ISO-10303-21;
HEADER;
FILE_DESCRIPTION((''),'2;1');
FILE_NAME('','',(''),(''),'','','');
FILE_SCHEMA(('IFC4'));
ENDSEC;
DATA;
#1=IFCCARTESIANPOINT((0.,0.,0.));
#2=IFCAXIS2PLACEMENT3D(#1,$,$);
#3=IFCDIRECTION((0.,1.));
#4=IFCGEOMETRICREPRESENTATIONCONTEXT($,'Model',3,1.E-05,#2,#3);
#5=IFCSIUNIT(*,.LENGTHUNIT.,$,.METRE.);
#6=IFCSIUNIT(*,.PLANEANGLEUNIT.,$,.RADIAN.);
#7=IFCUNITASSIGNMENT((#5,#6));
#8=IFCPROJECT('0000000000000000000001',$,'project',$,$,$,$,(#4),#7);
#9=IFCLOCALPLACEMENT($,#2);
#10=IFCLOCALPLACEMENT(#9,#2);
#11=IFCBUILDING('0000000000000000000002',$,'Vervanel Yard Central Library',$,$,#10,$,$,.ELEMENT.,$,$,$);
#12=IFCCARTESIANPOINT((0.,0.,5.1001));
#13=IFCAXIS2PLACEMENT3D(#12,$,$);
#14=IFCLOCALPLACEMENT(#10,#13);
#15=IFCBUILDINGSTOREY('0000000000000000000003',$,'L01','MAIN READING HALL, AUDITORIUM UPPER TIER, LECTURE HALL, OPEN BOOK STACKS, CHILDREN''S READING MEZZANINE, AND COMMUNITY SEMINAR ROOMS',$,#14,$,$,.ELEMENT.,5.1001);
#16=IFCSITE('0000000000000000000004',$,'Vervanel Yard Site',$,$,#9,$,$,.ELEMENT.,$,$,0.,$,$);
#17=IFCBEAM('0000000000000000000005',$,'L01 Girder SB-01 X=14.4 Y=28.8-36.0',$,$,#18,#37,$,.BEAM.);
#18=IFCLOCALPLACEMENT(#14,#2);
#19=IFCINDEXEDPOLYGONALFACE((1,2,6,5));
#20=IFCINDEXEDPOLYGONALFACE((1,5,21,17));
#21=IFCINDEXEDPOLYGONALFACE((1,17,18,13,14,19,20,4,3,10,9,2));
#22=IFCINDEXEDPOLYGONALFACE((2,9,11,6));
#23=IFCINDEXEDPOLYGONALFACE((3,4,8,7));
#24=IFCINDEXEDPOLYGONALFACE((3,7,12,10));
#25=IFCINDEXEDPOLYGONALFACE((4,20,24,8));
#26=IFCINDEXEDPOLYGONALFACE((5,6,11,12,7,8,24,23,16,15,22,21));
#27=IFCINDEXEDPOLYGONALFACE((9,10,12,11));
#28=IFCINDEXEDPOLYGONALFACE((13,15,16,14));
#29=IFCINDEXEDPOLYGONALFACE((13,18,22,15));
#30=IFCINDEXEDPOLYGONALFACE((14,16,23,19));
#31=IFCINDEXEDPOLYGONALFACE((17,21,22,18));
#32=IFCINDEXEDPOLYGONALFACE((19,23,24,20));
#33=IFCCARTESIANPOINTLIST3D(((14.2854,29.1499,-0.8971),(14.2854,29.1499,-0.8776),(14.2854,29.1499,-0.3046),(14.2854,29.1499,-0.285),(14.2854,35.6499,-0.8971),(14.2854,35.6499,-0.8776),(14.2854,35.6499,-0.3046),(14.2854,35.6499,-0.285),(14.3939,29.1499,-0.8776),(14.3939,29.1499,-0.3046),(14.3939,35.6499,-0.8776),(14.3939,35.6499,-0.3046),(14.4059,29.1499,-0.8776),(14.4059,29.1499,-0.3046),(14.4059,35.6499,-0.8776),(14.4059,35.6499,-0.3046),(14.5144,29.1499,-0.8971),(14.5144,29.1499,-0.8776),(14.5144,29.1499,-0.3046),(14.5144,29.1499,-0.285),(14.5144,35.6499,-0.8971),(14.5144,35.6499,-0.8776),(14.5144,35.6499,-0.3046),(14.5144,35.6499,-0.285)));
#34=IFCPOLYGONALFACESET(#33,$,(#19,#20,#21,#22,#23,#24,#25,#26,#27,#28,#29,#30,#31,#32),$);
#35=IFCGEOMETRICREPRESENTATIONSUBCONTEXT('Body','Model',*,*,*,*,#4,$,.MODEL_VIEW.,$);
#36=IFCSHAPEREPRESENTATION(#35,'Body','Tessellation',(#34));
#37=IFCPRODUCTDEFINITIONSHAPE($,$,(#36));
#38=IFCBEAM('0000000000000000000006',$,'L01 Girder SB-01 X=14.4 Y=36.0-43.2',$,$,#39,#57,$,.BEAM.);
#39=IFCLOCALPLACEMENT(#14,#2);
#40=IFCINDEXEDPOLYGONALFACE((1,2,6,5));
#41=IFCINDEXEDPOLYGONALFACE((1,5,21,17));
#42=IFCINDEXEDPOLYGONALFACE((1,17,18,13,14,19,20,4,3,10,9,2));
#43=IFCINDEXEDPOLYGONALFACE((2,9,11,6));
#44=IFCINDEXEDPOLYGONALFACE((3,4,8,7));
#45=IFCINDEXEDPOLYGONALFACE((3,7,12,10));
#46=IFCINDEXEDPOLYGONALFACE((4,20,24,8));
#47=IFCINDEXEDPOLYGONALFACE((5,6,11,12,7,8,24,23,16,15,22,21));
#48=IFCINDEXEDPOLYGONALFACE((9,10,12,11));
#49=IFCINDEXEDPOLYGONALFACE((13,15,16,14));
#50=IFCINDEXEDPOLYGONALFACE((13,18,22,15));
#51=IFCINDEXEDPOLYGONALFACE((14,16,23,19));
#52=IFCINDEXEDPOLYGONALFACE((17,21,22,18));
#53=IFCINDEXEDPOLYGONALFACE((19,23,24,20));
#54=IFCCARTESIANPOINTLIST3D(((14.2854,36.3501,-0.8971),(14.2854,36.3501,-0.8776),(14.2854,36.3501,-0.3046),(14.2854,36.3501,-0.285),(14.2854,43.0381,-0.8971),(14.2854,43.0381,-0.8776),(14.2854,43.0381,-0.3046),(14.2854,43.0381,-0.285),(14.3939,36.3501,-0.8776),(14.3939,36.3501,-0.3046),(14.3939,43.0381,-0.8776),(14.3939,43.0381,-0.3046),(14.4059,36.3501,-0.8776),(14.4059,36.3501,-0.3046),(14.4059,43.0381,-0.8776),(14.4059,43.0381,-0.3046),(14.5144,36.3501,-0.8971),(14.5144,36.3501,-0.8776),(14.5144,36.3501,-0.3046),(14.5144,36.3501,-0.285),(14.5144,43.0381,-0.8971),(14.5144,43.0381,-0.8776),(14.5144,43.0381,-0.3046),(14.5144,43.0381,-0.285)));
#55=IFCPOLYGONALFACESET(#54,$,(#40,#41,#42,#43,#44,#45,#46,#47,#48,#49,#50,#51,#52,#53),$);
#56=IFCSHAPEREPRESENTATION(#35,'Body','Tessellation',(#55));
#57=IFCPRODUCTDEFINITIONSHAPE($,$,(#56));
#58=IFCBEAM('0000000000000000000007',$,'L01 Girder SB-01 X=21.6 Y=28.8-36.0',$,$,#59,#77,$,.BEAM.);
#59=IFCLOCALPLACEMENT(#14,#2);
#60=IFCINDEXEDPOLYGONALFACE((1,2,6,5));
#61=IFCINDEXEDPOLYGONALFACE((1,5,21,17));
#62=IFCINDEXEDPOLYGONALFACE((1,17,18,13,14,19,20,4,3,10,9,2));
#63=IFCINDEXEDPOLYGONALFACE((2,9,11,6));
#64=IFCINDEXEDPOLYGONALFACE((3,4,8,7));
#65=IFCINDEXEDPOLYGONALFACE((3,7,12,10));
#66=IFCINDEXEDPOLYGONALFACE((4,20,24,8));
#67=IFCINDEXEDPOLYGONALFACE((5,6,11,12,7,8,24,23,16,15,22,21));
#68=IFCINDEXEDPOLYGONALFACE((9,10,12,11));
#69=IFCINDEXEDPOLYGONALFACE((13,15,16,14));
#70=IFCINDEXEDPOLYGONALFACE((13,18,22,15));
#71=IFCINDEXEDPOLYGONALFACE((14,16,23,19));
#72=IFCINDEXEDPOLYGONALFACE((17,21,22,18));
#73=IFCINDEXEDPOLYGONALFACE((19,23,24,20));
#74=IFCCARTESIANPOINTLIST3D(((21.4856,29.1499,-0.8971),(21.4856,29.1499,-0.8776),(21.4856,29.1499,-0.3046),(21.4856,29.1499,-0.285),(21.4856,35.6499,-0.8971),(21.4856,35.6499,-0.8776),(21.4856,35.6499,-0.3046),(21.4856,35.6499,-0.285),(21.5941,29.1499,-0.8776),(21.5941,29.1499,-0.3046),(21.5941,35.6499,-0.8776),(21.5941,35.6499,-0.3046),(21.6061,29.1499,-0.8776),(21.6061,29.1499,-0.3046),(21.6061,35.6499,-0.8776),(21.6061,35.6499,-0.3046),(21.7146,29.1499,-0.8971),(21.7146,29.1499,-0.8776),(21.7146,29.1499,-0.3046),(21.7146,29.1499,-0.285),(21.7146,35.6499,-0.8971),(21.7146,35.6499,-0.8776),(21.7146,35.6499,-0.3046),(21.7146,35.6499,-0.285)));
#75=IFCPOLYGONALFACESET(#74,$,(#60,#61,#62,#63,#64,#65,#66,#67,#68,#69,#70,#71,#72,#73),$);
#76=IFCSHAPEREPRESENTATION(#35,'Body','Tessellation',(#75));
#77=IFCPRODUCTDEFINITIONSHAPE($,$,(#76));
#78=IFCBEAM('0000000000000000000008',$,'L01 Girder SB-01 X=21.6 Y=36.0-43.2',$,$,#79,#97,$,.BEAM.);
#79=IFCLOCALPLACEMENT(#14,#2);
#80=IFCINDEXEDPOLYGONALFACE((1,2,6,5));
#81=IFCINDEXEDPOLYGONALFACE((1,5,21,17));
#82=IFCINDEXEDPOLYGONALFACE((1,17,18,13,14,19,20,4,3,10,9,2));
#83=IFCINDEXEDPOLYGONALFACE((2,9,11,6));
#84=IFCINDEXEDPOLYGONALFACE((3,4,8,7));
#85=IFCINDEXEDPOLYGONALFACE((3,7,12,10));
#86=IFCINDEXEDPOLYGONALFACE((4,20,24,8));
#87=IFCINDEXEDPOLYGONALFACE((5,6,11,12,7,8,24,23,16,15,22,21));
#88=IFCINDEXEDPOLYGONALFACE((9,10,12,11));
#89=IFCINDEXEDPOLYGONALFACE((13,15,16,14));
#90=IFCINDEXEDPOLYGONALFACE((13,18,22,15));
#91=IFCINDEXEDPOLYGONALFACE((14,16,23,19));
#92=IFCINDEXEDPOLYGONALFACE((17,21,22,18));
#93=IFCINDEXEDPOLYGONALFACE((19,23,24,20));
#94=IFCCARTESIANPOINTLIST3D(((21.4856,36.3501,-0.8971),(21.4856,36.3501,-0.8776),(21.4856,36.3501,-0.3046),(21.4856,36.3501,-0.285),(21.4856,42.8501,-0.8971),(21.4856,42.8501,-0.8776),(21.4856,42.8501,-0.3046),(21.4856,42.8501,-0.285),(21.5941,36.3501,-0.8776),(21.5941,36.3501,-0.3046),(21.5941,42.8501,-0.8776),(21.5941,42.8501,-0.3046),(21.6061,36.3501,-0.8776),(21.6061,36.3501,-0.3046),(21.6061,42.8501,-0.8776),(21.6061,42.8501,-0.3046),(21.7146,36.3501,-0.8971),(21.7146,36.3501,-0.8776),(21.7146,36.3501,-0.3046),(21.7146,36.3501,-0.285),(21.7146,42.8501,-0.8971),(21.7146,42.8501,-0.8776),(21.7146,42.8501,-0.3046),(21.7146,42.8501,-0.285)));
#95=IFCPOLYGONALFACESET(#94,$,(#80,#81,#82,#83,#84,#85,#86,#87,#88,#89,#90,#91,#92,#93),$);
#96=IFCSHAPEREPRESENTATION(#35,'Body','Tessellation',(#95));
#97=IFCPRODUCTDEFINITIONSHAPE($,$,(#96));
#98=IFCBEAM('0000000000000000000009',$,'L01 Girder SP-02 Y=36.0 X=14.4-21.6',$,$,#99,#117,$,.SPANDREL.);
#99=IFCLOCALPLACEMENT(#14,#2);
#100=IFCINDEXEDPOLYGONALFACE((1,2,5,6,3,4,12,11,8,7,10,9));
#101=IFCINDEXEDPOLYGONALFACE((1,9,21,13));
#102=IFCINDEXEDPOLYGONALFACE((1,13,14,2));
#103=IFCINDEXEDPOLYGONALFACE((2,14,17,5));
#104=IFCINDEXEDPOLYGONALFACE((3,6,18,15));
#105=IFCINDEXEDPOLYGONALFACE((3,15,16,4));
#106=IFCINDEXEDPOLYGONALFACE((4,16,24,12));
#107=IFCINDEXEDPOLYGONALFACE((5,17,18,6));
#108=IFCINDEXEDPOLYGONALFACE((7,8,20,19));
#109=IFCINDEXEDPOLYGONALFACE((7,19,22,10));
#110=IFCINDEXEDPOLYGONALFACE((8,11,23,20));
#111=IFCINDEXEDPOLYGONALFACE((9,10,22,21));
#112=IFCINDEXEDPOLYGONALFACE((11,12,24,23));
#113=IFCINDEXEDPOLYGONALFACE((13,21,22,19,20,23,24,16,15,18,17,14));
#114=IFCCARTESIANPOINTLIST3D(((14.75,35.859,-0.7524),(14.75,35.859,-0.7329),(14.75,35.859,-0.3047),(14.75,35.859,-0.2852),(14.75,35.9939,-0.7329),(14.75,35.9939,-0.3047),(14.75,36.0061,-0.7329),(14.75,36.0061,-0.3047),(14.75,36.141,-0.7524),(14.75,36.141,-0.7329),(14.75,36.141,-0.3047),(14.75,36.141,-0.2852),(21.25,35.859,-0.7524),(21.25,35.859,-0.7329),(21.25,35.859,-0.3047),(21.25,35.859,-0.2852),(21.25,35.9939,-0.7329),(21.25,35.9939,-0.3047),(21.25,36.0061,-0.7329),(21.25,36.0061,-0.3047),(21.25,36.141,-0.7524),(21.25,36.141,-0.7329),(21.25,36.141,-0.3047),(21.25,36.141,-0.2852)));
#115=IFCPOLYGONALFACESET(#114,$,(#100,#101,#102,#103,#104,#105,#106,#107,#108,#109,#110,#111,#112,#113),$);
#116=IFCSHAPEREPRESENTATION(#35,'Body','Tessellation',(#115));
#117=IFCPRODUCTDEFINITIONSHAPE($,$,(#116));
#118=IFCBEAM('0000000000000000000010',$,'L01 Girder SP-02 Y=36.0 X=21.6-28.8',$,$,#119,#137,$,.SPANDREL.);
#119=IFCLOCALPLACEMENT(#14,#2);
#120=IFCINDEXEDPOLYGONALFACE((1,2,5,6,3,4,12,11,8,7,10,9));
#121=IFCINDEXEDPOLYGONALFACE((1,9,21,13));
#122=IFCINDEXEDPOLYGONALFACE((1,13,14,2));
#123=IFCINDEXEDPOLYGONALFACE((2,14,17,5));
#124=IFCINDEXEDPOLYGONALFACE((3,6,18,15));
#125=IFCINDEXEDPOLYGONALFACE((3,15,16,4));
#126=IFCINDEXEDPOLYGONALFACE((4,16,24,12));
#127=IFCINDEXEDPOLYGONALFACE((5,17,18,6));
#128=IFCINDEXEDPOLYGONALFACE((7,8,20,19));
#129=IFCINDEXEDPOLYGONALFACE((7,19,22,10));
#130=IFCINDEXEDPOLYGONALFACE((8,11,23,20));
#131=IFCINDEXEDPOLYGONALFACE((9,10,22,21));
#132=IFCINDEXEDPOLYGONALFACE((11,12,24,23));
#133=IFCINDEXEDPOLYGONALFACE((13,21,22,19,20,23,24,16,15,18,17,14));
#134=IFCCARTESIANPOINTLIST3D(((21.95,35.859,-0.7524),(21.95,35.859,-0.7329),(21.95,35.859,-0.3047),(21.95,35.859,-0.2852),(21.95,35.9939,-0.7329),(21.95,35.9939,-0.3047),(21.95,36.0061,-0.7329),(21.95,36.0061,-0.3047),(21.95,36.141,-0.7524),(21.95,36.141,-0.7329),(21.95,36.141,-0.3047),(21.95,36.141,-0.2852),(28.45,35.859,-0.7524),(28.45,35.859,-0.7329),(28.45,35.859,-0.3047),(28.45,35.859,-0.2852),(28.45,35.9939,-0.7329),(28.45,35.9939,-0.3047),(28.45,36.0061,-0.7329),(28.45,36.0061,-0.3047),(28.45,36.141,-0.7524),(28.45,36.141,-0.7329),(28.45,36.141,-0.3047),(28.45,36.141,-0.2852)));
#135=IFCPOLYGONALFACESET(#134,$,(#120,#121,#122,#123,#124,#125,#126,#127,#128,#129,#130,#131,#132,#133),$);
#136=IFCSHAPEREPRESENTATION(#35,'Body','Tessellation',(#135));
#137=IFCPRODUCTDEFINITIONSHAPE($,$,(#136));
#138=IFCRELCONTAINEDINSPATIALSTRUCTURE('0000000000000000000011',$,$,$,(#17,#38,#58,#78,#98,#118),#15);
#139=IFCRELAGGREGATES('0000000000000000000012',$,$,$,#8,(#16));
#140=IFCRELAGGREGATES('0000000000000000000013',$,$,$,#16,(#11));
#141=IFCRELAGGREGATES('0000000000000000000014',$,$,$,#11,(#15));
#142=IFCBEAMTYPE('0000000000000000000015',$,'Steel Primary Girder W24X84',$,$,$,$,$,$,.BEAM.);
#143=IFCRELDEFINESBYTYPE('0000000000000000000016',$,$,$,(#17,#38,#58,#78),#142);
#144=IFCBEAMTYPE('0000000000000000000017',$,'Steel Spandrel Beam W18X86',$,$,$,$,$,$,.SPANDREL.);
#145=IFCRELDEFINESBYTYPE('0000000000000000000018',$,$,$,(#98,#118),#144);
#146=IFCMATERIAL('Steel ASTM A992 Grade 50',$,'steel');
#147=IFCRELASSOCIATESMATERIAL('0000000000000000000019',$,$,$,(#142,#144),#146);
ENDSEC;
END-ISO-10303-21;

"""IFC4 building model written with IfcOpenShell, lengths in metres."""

from ifc_helpers import new_model, si_unit, direction, frame, origin, origin_2d, place, context, subcontext, project, spatial, i_section, extrude, material, material_profile, profile_set, type_object, element, save


model = new_model("IFC4")

# Units and contexts
model_context = context("Model", 3, precision=1e-05, world=origin(), true_north=direction((0.0, 1.0)))
body_context = subcontext(model_context, "Body", "Model", "MODEL_VIEW")
ifc_project = project(units=[si_unit("LENGTHUNIT", "METRE"), si_unit("PLANEANGLEUNIT", "RADIAN")], contexts=[model_context])

# Site, building, storey
site_placement = place(None, origin())
site = spatial("IfcSite", under=ifc_project, at=site_placement, Name="Vervanel Yard Site", CompositionType="ELEMENT", RefElevation=0.0)
building_placement = place(site_placement, origin())
building = spatial("IfcBuilding", under=site, at=building_placement, Name="Vervanel Yard Central Library", CompositionType="ELEMENT")
storey_placement = place(building_placement, frame((0.0, 0.0, 5.1001)))
storey = spatial("IfcBuildingStorey", under=building, at=storey_placement, Name="L01", Description="MAIN READING HALL, AUDITORIUM UPPER TIER, LECTURE HALL, OPEN BOOK STACKS, CHILDREN'S READING MEZZANINE, AND COMMUNITY SEMINAR ROOMS", CompositionType="ELEMENT", Elevation=5.1001)

# Beams
ifc_material_1 = material(Name="Steel ASTM A992 Grade 50", Category="steel")
ifc_material_profile_1 = material_profile(ifc_material_1, i_section(OverallWidth=0.229, OverallDepth=0.6121, WebThickness=0.012, FlangeThickness=0.0195, at=origin_2d()), Name="W24X84", Category="steel")
ifc_profile_set_1 = profile_set([ifc_material_profile_1], Name="Steel ASTM A992 Grade 50")
beam_type_1 = type_object("IfcBeamType", Name="Steel Primary Girder W24X84", PredefinedType="BEAM", material=ifc_profile_set_1)
beam_1_placement = place(storey_placement, frame((14.3999, 29.1499, -0.5911), z_axis=(0.0, 1.0, 0.0), x_axis=(-1.0, 0.0, 0.0)))
element("IfcBeam", 1, at=beam_1_placement, inside=storey, type_object=beam_type_1, Name="L01 Girder SB-01 X=14.4 Y=28.8-36.0", PredefinedType="BEAM", context=body_context, shape_type="SweptSolid", body=[
    extrude(i_section(OverallWidth=0.229, OverallDepth=0.6121, WebThickness=0.012, FlangeThickness=0.0195, at=origin_2d()), origin(), (0.0, 0.0, 1.0), 6.5),
])
beam_2_placement = place(storey_placement, frame((14.3999, 36.3501, -0.5911), z_axis=(0.0, 1.0, 0.0), x_axis=(-1.0, 0.0, 0.0)))
element("IfcBeam", 2, at=beam_2_placement, inside=storey, type_object=beam_type_1, Name="L01 Girder SB-01 X=14.4 Y=36.0-43.2", PredefinedType="BEAM", context=body_context, shape_type="SweptSolid", body=[
    extrude(i_section(OverallWidth=0.229, OverallDepth=0.6121, WebThickness=0.012, FlangeThickness=0.0195, at=origin_2d()), origin(), (0.0, 0.0, 1.0), 6.688),
])
for number, where, z_axis, x_axis, name in (
    (3, (21.6001, 29.1499, -0.5911), (0.0, 1.0, 0.0), (-1.0, 0.0, 0.0), "L01 Girder SB-01 X=21.6 Y=28.8-36.0"),
    (4, (21.6001, 36.3501, -0.5911), (0.0, 1.0, 0.0), (-1.0, 0.0, 0.0), "L01 Girder SB-01 X=21.6 Y=36.0-43.2"),
):
    element("IfcBeam", number, at=place(storey_placement, frame(where, z_axis=z_axis, x_axis=x_axis)), inside=storey, type_object=beam_type_1, Name=name, PredefinedType="BEAM", context=body_context, shape_type="SweptSolid", body=[
        extrude(i_section(OverallWidth=0.229, OverallDepth=0.6121, WebThickness=0.012, FlangeThickness=0.0195, at=origin_2d()), origin(), (0.0, 0.0, 1.0), 6.5),
    ])
ifc_material_profile_2 = material_profile(ifc_material_1, i_section(OverallWidth=0.282, OverallDepth=0.4673, WebThickness=0.0122, FlangeThickness=0.0195, at=origin_2d()), Name="W18X86", Category="steel")
ifc_profile_set_2 = profile_set([ifc_material_profile_2], Name="Steel ASTM A992 Grade 50")
beam_type_2 = type_object("IfcBeamType", Name="Steel Spandrel Beam W18X86", PredefinedType="SPANDREL", material=ifc_profile_set_2)
for number, where, z_axis, x_axis, name in (
    (5, (14.75, 36.0, -0.5188), (1.0, 0.0, 0.0), (0.0, 1.0, 0.0), "L01 Girder SP-02 Y=36.0 X=14.4-21.6"),
    (6, (21.95, 36.0, -0.5188), (1.0, 0.0, 0.0), (0.0, 1.0, 0.0), "L01 Girder SP-02 Y=36.0 X=21.6-28.8"),
):
    element("IfcBeam", number, at=place(storey_placement, frame(where, z_axis=z_axis, x_axis=x_axis)), inside=storey, type_object=beam_type_2, Name=name, PredefinedType="SPANDREL", context=body_context, shape_type="SweptSolid", body=[
        extrude(i_section(OverallWidth=0.282, OverallDepth=0.4673, WebThickness=0.0122, FlangeThickness=0.0195, at=origin_2d()), origin(), (0.0, 0.0, 1.0), 6.5),
    ])

save(model, "model.ifc")
